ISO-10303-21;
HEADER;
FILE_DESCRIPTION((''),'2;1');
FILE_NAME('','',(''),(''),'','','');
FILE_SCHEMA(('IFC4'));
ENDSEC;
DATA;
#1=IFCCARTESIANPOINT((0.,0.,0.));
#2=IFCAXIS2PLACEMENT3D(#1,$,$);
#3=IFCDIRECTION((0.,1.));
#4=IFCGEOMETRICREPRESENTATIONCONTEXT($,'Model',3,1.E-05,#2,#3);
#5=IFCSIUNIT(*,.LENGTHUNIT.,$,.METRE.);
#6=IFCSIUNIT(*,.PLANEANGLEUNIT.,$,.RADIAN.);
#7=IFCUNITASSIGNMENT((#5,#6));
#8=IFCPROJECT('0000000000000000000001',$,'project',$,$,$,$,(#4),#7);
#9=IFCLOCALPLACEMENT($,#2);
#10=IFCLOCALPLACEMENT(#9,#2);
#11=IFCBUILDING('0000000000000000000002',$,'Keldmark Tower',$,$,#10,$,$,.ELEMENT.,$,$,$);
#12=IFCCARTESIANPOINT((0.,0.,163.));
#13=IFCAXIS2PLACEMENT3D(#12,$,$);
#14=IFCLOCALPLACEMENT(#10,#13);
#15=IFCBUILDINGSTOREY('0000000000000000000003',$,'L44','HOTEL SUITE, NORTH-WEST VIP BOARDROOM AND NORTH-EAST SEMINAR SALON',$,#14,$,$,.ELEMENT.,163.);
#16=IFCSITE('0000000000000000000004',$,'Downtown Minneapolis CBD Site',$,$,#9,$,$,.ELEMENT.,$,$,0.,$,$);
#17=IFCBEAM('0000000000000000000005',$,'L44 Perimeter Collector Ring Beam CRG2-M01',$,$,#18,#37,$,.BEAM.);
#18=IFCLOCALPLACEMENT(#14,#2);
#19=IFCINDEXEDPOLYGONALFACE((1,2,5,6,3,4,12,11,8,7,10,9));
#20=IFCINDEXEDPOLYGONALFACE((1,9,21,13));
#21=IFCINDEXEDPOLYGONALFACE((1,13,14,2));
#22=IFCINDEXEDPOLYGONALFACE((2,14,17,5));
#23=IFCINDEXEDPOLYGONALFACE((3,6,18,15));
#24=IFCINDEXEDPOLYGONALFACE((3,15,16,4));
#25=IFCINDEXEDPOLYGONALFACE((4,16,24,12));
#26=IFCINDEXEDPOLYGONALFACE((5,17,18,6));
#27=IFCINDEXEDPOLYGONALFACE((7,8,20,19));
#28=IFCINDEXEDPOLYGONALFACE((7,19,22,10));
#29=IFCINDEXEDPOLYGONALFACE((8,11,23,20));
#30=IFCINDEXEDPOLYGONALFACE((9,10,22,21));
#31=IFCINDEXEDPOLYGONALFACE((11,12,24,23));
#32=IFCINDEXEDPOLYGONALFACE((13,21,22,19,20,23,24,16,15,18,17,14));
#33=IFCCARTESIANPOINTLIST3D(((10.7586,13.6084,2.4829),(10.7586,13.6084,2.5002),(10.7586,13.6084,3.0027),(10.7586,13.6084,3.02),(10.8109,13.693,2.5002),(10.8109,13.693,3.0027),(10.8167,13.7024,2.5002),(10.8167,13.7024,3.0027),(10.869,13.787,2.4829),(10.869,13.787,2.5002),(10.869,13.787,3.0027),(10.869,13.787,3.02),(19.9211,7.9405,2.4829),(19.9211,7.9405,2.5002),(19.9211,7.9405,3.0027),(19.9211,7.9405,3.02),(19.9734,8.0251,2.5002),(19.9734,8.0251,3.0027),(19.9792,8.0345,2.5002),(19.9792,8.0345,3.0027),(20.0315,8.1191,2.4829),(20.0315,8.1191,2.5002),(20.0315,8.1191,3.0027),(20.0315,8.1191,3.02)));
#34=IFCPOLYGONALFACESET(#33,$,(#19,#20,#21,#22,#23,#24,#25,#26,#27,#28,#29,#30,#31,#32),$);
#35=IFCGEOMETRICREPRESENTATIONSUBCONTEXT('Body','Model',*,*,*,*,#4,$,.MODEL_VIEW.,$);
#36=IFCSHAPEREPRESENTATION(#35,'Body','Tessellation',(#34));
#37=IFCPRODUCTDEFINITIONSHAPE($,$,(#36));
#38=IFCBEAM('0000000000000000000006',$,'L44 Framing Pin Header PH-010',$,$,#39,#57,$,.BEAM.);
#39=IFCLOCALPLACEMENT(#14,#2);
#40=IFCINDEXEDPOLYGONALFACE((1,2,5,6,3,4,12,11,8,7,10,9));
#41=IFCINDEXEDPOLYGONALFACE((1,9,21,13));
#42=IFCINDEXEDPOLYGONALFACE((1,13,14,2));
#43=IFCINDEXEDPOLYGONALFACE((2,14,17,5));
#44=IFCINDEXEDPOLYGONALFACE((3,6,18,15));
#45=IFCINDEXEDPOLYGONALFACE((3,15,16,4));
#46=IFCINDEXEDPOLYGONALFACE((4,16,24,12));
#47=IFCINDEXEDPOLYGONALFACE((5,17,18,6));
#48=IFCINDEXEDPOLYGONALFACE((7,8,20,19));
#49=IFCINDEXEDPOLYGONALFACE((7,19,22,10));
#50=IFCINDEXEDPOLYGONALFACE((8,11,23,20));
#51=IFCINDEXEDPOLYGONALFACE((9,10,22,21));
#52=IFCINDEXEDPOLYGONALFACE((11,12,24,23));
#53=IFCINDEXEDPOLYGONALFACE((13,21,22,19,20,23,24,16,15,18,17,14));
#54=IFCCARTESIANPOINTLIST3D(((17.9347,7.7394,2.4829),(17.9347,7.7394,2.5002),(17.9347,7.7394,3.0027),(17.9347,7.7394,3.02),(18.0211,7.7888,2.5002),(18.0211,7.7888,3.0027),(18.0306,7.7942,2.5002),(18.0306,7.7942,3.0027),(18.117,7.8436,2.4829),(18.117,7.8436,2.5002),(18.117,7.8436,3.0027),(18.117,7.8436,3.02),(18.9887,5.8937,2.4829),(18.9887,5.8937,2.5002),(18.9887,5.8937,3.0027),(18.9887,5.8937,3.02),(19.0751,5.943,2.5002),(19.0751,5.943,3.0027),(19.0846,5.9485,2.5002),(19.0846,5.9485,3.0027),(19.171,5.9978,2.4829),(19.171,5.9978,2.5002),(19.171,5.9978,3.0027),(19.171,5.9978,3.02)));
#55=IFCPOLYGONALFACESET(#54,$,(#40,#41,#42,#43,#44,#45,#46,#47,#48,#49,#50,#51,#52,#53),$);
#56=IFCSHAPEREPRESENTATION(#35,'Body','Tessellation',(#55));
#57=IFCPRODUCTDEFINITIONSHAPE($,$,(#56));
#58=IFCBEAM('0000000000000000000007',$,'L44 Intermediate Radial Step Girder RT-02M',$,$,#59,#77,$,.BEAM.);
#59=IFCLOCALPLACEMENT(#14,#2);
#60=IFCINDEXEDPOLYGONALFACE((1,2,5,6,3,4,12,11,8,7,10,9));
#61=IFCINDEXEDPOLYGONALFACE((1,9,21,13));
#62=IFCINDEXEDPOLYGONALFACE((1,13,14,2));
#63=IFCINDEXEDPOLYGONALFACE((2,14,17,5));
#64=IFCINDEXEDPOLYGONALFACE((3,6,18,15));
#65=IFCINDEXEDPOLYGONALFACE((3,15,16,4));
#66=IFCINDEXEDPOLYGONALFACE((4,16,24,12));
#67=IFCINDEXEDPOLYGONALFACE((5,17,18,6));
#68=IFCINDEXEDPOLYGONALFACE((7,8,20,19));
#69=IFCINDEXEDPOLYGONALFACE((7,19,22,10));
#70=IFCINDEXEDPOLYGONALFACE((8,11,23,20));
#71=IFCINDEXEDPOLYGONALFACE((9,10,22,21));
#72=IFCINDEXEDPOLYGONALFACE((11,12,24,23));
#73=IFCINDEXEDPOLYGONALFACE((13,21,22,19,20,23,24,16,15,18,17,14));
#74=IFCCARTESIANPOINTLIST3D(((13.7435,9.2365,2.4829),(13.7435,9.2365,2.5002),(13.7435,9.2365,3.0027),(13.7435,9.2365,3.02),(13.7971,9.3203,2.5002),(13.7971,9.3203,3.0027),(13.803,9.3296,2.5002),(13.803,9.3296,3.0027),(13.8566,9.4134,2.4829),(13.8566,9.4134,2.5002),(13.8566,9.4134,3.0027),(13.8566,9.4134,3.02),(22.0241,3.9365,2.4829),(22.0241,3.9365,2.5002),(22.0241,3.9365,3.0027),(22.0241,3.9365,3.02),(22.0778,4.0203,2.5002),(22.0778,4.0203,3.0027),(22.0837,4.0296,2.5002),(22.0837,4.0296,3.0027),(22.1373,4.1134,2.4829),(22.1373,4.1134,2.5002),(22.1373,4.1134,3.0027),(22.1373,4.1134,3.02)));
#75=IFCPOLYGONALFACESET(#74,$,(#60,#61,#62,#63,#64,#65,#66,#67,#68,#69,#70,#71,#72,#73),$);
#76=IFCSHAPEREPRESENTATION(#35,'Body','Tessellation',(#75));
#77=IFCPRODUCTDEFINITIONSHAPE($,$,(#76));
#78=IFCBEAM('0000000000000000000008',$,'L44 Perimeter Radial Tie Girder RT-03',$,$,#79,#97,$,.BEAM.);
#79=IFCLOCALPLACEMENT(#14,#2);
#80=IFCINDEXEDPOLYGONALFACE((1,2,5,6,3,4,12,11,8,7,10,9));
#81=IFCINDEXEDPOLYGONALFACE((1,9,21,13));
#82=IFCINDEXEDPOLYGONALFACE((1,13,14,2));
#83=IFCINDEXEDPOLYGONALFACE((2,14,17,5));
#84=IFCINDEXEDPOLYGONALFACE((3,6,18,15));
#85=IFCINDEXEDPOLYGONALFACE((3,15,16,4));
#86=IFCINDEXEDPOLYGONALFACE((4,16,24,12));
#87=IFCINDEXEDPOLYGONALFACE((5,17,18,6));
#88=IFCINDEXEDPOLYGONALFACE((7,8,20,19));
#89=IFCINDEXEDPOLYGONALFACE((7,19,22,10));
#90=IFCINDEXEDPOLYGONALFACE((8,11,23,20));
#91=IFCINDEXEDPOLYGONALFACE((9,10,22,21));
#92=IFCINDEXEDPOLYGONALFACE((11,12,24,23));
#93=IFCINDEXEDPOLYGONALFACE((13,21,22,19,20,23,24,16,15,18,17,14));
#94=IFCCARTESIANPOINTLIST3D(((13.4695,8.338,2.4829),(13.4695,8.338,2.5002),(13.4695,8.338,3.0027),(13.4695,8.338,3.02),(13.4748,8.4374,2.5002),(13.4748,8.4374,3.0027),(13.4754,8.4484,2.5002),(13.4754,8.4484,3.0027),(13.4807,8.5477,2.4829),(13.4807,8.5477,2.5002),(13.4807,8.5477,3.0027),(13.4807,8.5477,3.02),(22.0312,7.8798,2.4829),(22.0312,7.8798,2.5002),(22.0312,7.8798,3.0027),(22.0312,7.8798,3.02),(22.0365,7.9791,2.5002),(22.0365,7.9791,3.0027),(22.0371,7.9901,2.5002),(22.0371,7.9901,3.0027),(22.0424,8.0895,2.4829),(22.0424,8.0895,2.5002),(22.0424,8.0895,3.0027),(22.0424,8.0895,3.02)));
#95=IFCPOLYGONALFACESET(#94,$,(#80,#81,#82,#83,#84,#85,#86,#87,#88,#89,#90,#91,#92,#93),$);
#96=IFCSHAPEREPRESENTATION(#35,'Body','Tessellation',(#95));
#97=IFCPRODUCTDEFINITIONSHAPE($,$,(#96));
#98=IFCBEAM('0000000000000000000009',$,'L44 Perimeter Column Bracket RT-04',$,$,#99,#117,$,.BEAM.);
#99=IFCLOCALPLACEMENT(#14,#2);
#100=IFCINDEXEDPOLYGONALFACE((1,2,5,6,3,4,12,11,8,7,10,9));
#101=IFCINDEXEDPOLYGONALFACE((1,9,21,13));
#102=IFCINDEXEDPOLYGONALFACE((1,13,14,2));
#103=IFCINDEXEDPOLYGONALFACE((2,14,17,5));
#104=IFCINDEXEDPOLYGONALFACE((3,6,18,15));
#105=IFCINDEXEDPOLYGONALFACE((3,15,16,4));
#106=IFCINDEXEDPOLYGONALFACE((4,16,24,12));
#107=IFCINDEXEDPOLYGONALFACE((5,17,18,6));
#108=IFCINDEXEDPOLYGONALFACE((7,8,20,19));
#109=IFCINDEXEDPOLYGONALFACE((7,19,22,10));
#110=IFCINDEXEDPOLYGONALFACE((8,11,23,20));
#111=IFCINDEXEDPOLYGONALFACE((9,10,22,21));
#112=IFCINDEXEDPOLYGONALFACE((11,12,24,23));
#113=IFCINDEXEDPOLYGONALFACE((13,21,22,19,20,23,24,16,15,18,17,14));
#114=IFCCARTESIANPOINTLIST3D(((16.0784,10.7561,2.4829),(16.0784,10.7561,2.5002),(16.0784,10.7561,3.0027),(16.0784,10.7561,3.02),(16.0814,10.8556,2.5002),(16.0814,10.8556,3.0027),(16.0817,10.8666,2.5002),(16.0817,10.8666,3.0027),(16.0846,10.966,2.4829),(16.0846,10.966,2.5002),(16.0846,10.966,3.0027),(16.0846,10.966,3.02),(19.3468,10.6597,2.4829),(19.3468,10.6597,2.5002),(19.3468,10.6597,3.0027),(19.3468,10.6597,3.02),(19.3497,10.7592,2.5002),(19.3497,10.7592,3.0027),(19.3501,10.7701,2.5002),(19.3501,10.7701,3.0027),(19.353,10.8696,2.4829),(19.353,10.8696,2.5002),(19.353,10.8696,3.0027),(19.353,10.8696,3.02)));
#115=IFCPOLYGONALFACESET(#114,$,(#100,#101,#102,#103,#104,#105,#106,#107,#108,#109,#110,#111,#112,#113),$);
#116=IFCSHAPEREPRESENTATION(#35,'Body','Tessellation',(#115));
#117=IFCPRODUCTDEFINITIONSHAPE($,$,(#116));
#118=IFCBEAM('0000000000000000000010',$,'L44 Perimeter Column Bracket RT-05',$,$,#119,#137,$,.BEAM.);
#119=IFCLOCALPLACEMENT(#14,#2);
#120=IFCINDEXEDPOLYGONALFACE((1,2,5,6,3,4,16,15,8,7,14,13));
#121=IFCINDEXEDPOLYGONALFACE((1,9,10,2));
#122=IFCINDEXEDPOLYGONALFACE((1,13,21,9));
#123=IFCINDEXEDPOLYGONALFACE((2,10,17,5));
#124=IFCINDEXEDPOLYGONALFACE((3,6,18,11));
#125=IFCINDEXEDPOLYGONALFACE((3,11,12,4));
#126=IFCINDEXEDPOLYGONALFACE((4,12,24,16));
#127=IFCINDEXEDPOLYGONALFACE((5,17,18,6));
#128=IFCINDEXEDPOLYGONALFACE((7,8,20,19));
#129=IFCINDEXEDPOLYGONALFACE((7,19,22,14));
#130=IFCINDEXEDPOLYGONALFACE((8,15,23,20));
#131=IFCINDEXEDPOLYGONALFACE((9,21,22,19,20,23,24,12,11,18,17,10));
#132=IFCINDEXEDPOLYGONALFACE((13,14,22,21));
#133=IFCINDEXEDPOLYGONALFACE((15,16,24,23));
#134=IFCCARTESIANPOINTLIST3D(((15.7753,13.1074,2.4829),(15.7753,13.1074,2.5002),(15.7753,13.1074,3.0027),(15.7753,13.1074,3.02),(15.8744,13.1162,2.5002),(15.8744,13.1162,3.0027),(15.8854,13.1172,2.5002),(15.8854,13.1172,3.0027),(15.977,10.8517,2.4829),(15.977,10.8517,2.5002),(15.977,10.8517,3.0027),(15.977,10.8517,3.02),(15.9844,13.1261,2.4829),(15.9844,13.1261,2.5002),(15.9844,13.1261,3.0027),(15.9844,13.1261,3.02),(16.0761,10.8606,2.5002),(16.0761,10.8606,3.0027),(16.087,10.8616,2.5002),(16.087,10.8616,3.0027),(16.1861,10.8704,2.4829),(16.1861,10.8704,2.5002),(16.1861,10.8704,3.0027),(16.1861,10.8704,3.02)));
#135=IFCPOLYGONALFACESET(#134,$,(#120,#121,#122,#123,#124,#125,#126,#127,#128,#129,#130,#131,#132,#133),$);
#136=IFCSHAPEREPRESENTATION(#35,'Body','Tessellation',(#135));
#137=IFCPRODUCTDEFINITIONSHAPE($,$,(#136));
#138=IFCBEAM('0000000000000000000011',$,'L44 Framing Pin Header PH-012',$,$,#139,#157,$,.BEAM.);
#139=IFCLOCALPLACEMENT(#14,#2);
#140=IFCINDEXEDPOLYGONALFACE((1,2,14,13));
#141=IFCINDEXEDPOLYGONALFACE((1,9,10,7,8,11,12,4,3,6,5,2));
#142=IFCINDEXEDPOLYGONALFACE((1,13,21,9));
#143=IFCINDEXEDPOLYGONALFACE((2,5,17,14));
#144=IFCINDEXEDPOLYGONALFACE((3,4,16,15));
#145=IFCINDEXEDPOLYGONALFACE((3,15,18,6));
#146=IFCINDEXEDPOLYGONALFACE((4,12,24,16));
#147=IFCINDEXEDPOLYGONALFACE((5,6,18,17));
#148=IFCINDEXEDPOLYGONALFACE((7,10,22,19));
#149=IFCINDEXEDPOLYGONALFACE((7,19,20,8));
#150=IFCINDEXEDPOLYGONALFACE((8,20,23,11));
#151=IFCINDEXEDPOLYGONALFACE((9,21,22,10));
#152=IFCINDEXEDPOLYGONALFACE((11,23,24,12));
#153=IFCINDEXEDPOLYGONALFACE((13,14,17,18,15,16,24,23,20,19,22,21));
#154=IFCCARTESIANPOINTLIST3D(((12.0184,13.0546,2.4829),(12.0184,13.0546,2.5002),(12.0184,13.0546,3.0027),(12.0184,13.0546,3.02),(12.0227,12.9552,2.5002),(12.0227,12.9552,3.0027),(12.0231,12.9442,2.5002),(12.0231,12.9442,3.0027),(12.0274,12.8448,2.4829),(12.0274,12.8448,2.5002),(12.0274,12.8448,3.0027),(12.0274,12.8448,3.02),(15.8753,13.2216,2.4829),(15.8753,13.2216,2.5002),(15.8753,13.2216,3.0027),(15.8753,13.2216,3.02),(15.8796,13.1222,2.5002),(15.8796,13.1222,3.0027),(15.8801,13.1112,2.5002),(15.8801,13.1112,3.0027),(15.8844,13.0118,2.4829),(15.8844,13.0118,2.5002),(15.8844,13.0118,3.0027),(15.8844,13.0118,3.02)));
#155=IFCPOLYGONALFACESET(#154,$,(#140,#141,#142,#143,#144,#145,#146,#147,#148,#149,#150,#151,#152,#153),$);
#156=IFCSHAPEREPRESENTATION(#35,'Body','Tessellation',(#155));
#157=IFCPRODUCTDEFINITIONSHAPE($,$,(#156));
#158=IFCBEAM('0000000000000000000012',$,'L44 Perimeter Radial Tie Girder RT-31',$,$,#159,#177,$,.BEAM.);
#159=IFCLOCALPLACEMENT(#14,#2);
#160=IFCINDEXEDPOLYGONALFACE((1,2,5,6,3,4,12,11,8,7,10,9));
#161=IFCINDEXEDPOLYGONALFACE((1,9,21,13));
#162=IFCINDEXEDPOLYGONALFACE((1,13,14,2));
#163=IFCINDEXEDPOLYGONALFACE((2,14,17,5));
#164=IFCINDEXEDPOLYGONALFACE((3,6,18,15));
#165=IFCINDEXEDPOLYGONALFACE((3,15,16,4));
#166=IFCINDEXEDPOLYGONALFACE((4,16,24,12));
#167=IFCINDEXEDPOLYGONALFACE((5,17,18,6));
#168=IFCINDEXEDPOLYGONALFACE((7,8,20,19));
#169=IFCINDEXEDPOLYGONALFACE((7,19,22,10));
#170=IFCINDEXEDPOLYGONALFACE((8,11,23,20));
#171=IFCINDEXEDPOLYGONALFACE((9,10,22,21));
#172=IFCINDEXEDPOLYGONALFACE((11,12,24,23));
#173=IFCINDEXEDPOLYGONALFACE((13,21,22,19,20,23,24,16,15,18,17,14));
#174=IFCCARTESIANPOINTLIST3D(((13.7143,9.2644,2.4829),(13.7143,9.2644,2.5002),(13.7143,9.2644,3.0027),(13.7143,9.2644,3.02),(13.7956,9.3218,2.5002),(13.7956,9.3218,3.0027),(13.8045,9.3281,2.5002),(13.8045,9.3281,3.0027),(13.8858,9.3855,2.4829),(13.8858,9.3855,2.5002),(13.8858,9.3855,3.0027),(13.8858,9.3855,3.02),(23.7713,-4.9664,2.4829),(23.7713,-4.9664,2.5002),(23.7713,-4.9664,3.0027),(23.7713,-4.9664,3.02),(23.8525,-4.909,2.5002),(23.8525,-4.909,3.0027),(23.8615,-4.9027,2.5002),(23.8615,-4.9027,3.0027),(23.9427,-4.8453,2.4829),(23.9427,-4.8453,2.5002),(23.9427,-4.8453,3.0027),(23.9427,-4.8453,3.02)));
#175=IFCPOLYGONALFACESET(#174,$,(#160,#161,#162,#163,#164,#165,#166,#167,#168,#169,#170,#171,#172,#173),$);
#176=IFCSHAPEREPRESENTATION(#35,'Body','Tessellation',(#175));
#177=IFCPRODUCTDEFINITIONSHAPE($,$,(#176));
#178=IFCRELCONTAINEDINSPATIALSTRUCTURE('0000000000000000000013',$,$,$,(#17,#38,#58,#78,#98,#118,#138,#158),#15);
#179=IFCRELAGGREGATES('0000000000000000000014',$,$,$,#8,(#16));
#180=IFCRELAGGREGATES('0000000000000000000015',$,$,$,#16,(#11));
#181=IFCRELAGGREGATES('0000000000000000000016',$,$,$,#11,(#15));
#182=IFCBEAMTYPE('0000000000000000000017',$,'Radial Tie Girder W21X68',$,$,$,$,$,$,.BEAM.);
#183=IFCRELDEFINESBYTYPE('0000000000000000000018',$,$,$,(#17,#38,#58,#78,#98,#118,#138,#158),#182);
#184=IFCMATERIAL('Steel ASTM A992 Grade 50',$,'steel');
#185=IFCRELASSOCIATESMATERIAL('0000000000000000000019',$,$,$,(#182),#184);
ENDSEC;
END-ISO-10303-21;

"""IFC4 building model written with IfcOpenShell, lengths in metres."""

from ifc_helpers import new_model, si_unit, direction, frame, origin, origin_2d, place, context, subcontext, project, spatial, i_section, extrude, material, material_profile, profile_set, type_object, element, save


model = new_model("IFC4")

# Units and contexts
model_context = context("Model", 3, precision=1e-05, world=origin(), true_north=direction((0.0, 1.0)))
body_context = subcontext(model_context, "Body", "Model", "MODEL_VIEW")
ifc_project = project(units=[si_unit("LENGTHUNIT", "METRE"), si_unit("PLANEANGLEUNIT", "RADIAN")], contexts=[model_context])

# Site, building, storey
site_placement = place(None, origin())
site = spatial("IfcSite", under=ifc_project, at=site_placement, Name="Downtown Minneapolis CBD Site", CompositionType="ELEMENT", RefElevation=0.0)
building_placement = place(site_placement, origin())
building = spatial("IfcBuilding", under=site, at=building_placement, Name="Keldmark Tower", CompositionType="ELEMENT")
storey_placement = place(building_placement, frame((0.0, 0.0, 163.0)))
storey = spatial("IfcBuildingStorey", under=building, at=storey_placement, Name="L44", Description="HOTEL SUITE, NORTH-WEST VIP BOARDROOM AND NORTH-EAST SEMINAR SALON", CompositionType="ELEMENT", Elevation=163.0)

# Beams
ifc_material_1 = material(Name="Steel ASTM A992 Grade 50", Category="steel")
ifc_material_profile_1 = material_profile(ifc_material_1, i_section(OverallWidth=0.21, OverallDepth=0.5371, WebThickness=0.011, FlangeThickness=0.0173, at=origin_2d()), Name="W21X68")
ifc_profile_set_1 = profile_set([ifc_material_profile_1], Name="Steel ASTM A992 Grade 50")
beam_type_1 = type_object("IfcBeamType", Name="Radial Tie Girder W21X68", PredefinedType="BEAM", material=ifc_profile_set_1)
beam_1_placement = place(storey_placement, frame((19.9763, 8.0298, 2.7515), z_axis=(-0.850436, 0.526078, 0.0), x_axis=(-0.526078, -0.850436, 0.0)))
element("IfcBeam", 1, at=beam_1_placement, inside=storey, type_object=beam_type_1, Name="L44 Perimeter Collector Ring Beam CRG2-M01", PredefinedType="BEAM", context=body_context, shape_type="SweptSolid", body=[
    extrude(i_section(OverallWidth=0.21, OverallDepth=0.5371, WebThickness=0.011, FlangeThickness=0.0173, at=origin_2d()), origin(), (0.0, 0.0, 1.0), 10.7739),
])
beam_2_placement = place(storey_placement, frame((18.0259, 7.7915, 2.7515), z_axis=(0.495879, -0.868392, 0.0), x_axis=(0.868392, 0.495879, 0.0)))
element("IfcBeam", 2, at=beam_2_placement, inside=storey, type_object=beam_type_1, Name="L44 Framing Pin Header PH-010", PredefinedType="BEAM", context=body_context, shape_type="SweptSolid", body=[
    extrude(i_section(OverallWidth=0.21, OverallDepth=0.5371, WebThickness=0.011, FlangeThickness=0.0173, at=origin_2d()), origin(), (0.0, 0.0, 1.0), 2.1255),
])
beam_3_placement = place(storey_placement, frame((13.8, 9.325, 2.7515), z_axis=(0.842255, -0.53908, 0.0), x_axis=(0.53908, 0.842255, 0.0)))
element("IfcBeam", 3, at=beam_3_placement, inside=storey, type_object=beam_type_1, Name="L44 Intermediate Radial Step Girder RT-02M", PredefinedType="BEAM", context=body_context, shape_type="SweptSolid", body=[
    extrude(i_section(OverallWidth=0.21, OverallDepth=0.5371, WebThickness=0.011, FlangeThickness=0.0173, at=origin_2d()), origin(), (0.0, 0.0, 1.0), 9.8315),
])
beam_4_placement = place(storey_placement, frame((13.4751, 8.4429, 2.7515), z_axis=(0.998571, -0.053447, 0.0), x_axis=(0.053447, 0.998571, 0.0)))
element("IfcBeam", 4, at=beam_4_placement, inside=storey, type_object=beam_type_1, Name="L44 Perimeter Radial Tie Girder RT-03", PredefinedType="BEAM", context=body_context, shape_type="SweptSolid", body=[
    extrude(i_section(OverallWidth=0.21, OverallDepth=0.5371, WebThickness=0.011, FlangeThickness=0.0173, at=origin_2d()), origin(), (0.0, 0.0, 1.0), 8.574),
])
beam_5_placement = place(storey_placement, frame((16.0815, 10.8611, 2.7515), z_axis=(0.999565, -0.029493, 0.0), x_axis=(0.029493, 0.999565, 0.0)))
element("IfcBeam", 5, at=beam_5_placement, inside=storey, type_object=beam_type_1, Name="L44 Perimeter Column Bracket RT-04", PredefinedType="BEAM", context=body_context, shape_type="SweptSolid", body=[
    extrude(i_section(OverallWidth=0.21, OverallDepth=0.5371, WebThickness=0.011, FlangeThickness=0.0173, at=origin_2d()), origin(), (0.0, 0.0, 1.0), 3.2698),
])
beam_6_placement = place(storey_placement, frame((16.0815, 10.8611, 2.7515), z_axis=(-0.089048, 0.996027, 0.0), x_axis=(-0.996027, -0.089048, 0.0)))
element("IfcBeam", 6, at=beam_6_placement, inside=storey, type_object=beam_type_1, Name="L44 Perimeter Column Bracket RT-05", PredefinedType="BEAM", context=body_context, shape_type="SweptSolid", body=[
    extrude(i_section(OverallWidth=0.21, OverallDepth=0.5371, WebThickness=0.011, FlangeThickness=0.0173, at=origin_2d()), origin(), (0.0, 0.0, 1.0), 2.2646),
])
beam_7_placement = place(storey_placement, frame((15.8799, 13.1167, 2.7515), z_axis=(-0.999064, -0.043256, 0.0), x_axis=(0.043256, -0.999064, 0.0)))
element("IfcBeam", 7, at=beam_7_placement, inside=storey, type_object=beam_type_1, Name="L44 Framing Pin Header PH-012", PredefinedType="BEAM", context=body_context, shape_type="SweptSolid", body=[
    extrude(i_section(OverallWidth=0.21, OverallDepth=0.5371, WebThickness=0.011, FlangeThickness=0.0173, at=origin_2d()), origin(), (0.0, 0.0, 1.0), 3.8606),
])
beam_8_placement = place(storey_placement, frame((13.8, 9.325, 2.7515), z_axis=(0.57713, -0.816652, 0.0), x_axis=(0.816652, 0.57713, 0.0)))
element("IfcBeam", 8, at=beam_8_placement, inside=storey, type_object=beam_type_1, Name="L44 Perimeter Radial Tie Girder RT-31", PredefinedType="BEAM", context=body_context, shape_type="SweptSolid", body=[
    extrude(i_section(OverallWidth=0.21, OverallDepth=0.5371, WebThickness=0.011, FlangeThickness=0.0173, at=origin_2d()), origin(), (0.0, 0.0, 1.0), 17.4258),
])

save(model, "model.ifc")
